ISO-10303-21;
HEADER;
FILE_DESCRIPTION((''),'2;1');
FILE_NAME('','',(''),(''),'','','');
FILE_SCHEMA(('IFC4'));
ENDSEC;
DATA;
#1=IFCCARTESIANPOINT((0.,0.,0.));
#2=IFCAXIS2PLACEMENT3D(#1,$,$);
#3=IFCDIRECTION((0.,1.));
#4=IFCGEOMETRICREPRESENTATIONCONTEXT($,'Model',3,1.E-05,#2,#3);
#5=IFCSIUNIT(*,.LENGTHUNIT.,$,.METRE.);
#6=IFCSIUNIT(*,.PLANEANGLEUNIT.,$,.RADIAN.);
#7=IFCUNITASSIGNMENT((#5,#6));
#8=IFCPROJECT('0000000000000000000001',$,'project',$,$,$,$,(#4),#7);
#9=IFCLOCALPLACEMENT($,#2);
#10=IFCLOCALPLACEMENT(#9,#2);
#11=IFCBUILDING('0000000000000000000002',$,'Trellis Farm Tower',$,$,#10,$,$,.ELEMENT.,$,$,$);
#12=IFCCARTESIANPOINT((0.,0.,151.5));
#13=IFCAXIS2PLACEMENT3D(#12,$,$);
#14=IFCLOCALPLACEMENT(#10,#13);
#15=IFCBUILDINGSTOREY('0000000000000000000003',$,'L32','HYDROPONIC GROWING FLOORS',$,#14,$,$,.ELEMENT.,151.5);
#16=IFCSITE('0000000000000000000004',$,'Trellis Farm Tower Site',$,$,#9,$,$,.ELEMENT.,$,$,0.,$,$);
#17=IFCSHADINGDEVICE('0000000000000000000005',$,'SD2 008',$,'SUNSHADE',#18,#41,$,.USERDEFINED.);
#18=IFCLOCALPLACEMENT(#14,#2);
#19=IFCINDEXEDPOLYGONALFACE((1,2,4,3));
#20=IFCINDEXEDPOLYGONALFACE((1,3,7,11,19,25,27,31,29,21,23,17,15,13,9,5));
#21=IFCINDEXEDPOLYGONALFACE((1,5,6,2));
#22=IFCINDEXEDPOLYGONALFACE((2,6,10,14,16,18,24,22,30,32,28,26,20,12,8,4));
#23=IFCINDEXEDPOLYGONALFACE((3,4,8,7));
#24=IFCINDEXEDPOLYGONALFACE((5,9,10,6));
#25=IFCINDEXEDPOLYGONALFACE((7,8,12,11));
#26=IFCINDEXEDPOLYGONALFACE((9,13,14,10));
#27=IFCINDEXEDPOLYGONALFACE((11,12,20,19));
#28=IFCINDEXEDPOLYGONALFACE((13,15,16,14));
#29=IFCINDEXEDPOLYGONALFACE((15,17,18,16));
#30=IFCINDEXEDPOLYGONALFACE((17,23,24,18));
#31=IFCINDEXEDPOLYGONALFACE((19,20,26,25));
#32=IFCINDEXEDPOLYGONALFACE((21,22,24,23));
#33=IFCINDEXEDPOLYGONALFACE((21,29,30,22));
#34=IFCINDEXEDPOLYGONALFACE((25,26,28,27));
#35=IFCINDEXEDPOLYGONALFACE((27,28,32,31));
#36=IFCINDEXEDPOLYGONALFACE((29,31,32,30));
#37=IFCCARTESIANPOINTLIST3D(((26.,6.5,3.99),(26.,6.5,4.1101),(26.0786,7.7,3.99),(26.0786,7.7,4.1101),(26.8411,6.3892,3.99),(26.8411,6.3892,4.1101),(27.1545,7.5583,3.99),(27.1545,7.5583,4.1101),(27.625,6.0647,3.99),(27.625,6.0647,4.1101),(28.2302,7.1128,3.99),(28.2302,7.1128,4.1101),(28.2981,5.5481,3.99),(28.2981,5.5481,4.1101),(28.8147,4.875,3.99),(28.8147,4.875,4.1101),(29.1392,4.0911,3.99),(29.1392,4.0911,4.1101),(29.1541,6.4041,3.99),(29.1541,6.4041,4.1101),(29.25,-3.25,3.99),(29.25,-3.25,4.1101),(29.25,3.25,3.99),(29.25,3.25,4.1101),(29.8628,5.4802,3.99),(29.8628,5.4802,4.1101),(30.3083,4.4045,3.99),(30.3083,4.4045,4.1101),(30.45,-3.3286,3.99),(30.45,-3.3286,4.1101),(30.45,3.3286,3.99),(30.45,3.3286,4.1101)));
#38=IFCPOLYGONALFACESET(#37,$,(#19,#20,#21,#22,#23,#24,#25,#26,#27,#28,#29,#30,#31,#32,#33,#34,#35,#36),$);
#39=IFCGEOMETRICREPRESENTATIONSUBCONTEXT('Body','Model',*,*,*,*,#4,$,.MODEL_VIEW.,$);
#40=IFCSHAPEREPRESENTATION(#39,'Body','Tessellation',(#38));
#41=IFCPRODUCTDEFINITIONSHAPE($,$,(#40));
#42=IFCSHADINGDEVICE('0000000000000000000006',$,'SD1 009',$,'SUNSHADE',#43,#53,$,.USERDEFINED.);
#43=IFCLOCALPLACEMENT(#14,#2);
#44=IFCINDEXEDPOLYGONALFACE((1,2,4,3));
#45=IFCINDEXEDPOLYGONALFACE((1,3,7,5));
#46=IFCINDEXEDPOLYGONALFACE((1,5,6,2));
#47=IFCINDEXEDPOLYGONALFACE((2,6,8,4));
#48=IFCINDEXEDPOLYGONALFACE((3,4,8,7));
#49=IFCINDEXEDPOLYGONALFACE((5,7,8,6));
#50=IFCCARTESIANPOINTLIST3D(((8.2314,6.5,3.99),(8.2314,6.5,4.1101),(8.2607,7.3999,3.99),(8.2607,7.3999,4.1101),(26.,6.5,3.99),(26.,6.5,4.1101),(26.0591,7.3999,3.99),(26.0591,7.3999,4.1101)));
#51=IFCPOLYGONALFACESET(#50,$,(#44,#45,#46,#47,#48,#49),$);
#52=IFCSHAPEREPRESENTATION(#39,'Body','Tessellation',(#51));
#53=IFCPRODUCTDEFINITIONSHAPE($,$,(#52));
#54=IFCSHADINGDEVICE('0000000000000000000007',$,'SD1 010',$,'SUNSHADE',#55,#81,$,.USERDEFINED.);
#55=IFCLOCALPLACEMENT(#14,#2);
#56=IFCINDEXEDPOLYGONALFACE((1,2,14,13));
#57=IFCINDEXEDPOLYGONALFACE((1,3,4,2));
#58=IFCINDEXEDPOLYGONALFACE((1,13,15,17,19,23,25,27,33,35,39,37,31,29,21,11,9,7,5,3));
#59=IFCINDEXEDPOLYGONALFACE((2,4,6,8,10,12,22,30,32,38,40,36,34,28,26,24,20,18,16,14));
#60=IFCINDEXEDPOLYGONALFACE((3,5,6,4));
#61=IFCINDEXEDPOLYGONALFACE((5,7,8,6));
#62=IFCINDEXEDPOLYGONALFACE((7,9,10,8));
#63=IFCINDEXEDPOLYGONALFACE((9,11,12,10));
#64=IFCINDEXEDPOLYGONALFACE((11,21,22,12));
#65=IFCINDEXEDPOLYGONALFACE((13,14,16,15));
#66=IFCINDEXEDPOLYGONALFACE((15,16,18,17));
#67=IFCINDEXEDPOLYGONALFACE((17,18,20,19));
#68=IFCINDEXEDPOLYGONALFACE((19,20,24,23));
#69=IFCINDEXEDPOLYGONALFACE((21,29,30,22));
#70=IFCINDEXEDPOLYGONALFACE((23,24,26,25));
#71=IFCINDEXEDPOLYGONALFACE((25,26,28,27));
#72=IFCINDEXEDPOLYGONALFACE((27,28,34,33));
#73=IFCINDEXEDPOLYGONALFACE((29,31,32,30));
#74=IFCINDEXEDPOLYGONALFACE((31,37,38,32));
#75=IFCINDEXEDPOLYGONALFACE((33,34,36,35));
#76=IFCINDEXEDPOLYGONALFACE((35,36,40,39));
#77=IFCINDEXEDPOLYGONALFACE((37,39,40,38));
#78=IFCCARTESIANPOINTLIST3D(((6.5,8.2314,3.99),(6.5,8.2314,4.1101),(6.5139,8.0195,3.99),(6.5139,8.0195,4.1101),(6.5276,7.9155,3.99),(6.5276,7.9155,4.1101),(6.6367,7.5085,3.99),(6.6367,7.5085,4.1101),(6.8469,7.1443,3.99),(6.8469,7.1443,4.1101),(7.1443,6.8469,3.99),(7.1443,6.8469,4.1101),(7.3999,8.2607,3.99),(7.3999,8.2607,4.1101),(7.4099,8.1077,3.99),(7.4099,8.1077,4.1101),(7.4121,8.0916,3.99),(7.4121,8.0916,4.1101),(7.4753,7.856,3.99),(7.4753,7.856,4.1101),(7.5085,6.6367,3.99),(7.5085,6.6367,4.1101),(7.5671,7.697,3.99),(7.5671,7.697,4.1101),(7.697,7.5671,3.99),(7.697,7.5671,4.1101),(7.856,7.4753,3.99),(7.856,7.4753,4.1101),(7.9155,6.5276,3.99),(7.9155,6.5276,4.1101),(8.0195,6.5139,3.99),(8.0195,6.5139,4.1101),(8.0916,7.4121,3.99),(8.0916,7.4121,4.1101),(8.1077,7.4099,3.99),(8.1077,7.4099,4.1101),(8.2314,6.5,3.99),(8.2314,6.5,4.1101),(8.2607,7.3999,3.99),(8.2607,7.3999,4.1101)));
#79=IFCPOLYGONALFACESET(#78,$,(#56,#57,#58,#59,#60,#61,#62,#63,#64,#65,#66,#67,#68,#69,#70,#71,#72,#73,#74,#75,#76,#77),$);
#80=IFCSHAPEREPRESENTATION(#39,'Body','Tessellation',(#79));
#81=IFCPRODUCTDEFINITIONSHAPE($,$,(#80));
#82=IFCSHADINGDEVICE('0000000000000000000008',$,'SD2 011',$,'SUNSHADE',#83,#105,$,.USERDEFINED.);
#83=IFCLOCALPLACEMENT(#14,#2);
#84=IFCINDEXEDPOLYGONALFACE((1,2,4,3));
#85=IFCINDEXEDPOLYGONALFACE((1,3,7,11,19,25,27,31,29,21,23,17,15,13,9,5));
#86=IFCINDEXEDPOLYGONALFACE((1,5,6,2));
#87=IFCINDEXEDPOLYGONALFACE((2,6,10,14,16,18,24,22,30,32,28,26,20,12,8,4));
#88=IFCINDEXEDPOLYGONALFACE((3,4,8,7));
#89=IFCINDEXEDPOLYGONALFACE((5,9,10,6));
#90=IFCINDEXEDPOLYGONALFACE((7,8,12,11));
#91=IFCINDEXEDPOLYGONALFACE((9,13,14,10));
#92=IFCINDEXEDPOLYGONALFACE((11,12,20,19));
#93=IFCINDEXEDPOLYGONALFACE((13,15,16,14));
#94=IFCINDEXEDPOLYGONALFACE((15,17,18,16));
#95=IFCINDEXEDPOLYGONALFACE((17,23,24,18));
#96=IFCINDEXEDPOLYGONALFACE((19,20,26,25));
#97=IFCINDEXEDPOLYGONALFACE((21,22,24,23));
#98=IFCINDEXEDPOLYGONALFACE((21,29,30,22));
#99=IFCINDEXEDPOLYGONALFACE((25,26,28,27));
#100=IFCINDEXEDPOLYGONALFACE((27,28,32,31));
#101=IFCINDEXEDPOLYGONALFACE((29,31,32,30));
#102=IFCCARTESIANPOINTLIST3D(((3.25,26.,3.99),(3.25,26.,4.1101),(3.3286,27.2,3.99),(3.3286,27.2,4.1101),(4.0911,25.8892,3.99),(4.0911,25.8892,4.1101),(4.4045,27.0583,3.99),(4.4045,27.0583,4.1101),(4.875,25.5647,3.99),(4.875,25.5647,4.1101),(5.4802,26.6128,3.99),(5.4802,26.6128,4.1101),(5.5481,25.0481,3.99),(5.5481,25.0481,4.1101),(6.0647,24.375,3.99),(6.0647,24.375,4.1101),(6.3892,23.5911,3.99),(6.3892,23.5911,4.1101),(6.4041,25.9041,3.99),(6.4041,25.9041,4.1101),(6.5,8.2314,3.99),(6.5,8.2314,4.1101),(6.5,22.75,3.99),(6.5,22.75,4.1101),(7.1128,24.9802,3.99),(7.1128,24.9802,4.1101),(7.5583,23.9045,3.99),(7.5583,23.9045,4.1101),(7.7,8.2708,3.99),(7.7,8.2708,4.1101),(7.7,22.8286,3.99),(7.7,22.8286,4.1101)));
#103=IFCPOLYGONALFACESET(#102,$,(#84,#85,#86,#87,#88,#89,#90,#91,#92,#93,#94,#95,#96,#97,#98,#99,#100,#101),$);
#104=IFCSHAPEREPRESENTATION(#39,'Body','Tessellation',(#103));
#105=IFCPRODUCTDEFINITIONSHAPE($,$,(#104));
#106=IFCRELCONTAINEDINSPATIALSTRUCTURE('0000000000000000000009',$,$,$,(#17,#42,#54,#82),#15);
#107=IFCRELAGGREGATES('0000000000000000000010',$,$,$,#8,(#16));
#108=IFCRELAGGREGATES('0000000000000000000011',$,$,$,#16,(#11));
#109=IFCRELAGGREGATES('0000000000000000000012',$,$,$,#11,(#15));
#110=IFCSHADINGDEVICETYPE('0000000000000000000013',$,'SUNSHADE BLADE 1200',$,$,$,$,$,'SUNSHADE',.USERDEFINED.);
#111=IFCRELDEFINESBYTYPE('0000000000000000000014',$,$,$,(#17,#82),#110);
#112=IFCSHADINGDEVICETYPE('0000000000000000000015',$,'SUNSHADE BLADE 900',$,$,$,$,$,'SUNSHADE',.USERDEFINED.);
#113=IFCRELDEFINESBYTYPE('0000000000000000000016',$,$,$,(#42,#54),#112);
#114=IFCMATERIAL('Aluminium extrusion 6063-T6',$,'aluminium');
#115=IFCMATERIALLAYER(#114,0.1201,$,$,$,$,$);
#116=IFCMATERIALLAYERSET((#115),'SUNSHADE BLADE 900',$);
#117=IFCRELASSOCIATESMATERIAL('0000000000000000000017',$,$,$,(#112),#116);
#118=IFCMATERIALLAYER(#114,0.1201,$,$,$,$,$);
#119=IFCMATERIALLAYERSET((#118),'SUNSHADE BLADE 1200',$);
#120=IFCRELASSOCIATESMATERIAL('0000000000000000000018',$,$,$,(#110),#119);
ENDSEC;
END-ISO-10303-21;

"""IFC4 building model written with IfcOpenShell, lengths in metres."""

from ifc_helpers import new_model, si_unit, direction, frame, origin, place, context, subcontext, project, spatial, polyline, outline, extrude, source, transform, mapped, material, layer, layer_set, type_object, element, save


model = new_model("IFC4")

# Units and contexts
model_context = context("Model", 3, precision=1e-05, world=origin(), true_north=direction((0.0, 1.0)))
body_context = subcontext(model_context, "Body", "Model", "MODEL_VIEW")
ifc_project = project(units=[si_unit("LENGTHUNIT", "METRE"), si_unit("PLANEANGLEUNIT", "RADIAN")], contexts=[model_context])

# Site, building, storey
site_placement = place(None, origin())
site = spatial("IfcSite", under=ifc_project, at=site_placement, Name="Trellis Farm Tower Site", CompositionType="ELEMENT", RefElevation=0.0)
building_placement = place(site_placement, origin())
building = spatial("IfcBuilding", under=site, at=building_placement, Name="Trellis Farm Tower", CompositionType="ELEMENT")
storey_placement = place(building_placement, frame((0.0, 0.0, 151.5)))
storey = spatial("IfcBuildingStorey", under=building, at=storey_placement, Name="L32", Description="HYDROPONIC GROWING FLOORS", CompositionType="ELEMENT", Elevation=151.5)

# Shared definitions
ifc_material_1 = material(Name="Aluminium extrusion 6063-T6", Category="aluminium")

# Shading devices
ifc_layer_1 = layer(ifc_material_1, 0.1201)
ifc_layer_set_1 = layer_set([ifc_layer_1], Name="SUNSHADE BLADE 900")
shading_device_type_1 = type_object("IfcShadingDeviceType", Name="SUNSHADE BLADE 900", ElementType="SUNSHADE", PredefinedType="USERDEFINED", material=ifc_layer_set_1)
placement_1 = place(storey_placement, frame((0.0, 0.0, 3.99)))
ifc_layer_2 = layer(ifc_material_1, 0.1201)
ifc_layer_set_2 = layer_set([ifc_layer_2], Name="SUNSHADE BLADE 1200")
shading_device_type_2 = type_object("IfcShadingDeviceType", Name="SUNSHADE BLADE 1200", ElementType="SUNSHADE", PredefinedType="USERDEFINED", material=ifc_layer_set_2)
shared_shape_1 = source(origin(), body_context, "Body", "SweptSolid", [
    extrude(outline(polyline([(30.45, -3.3286), (30.45, 3.3286), (30.3083, 4.4045), (29.8628, 5.4802), (29.1541, 6.4041), (28.2302, 7.1128), (27.1545, 7.5583), (26.0786, 7.7), (26.0, 6.5), (26.8411, 6.3892), (27.625, 6.0647), (28.2981, 5.5481), (28.8147, 4.875), (29.1392, 4.0911), (29.25, 3.25), (29.25, -3.25), (30.45, -3.3286)])), origin(), (0.0, 0.0, 1.0), 0.1201),
])
element("IfcShadingDevice", 1, at=placement_1, inside=storey, type_object=shading_device_type_2, Name="SD2 008", ObjectType="SUNSHADE", PredefinedType="USERDEFINED", context=body_context, shape_type="MappedRepresentation", body=[
    mapped(shared_shape_1, transform((0.0, 0.0, 0.0))),
])
shared_shape_2 = source(origin(), body_context, "Body", "SweptSolid", [
    extrude(outline(polyline([(26.0591, 7.3999), (8.2607, 7.3999), (8.2314, 6.5), (26.0, 6.5), (26.0591, 7.3999)])), origin(), (0.0, 0.0, 1.0), 0.1201),
])
element("IfcShadingDevice", 2, at=placement_1, inside=storey, type_object=shading_device_type_1, Name="SD1 009", ObjectType="SUNSHADE", PredefinedType="USERDEFINED", context=body_context, shape_type="MappedRepresentation", body=[
    mapped(shared_shape_2, transform((0.0, 0.0, 0.0))),
])
shared_shape_3 = source(origin(), body_context, "Body", "SweptSolid", [
    extrude(outline(polyline([(8.2607, 7.3999), (8.1077, 7.4099), (8.0916, 7.4121), (7.856, 7.4753), (7.697, 7.5671), (7.5671, 7.697), (7.4753, 7.856), (7.4121, 8.0916), (7.4099, 8.1077), (7.3999, 8.2607), (6.5, 8.2314), (6.5139, 8.0195), (6.5276, 7.9155), (6.6367, 7.5085), (6.8469, 7.1443), (7.1443, 6.8469), (7.5085, 6.6367), (7.9155, 6.5276), (8.0195, 6.5139), (8.2314, 6.5), (8.2607, 7.3999)])), origin(), (0.0, 0.0, 1.0), 0.1201),
])
element("IfcShadingDevice", 3, at=placement_1, inside=storey, type_object=shading_device_type_1, Name="SD1 010", ObjectType="SUNSHADE", PredefinedType="USERDEFINED", context=body_context, shape_type="MappedRepresentation", body=[
    mapped(shared_shape_3, transform((0.0, 0.0, 0.0))),
])
shared_shape_4 = source(origin(), body_context, "Body", "SweptSolid", [
    extrude(outline(polyline([(7.7, 8.2708), (7.7, 22.8286), (7.5583, 23.9045), (7.1128, 24.9802), (6.4041, 25.9041), (5.4802, 26.6128), (4.4045, 27.0583), (3.3286, 27.2), (3.25, 26.0), (4.0911, 25.8892), (4.875, 25.5647), (5.5481, 25.0481), (6.0647, 24.375), (6.3892, 23.5911), (6.5, 22.75), (6.5, 8.2314), (7.7, 8.2708)])), origin(), (0.0, 0.0, 1.0), 0.1201),
])
element("IfcShadingDevice", 4, at=placement_1, inside=storey, type_object=shading_device_type_2, Name="SD2 011", ObjectType="SUNSHADE", PredefinedType="USERDEFINED", context=body_context, shape_type="MappedRepresentation", body=[
    mapped(shared_shape_4, transform((0.0, 0.0, 0.0))),
])

save(model, "model.ifc")
